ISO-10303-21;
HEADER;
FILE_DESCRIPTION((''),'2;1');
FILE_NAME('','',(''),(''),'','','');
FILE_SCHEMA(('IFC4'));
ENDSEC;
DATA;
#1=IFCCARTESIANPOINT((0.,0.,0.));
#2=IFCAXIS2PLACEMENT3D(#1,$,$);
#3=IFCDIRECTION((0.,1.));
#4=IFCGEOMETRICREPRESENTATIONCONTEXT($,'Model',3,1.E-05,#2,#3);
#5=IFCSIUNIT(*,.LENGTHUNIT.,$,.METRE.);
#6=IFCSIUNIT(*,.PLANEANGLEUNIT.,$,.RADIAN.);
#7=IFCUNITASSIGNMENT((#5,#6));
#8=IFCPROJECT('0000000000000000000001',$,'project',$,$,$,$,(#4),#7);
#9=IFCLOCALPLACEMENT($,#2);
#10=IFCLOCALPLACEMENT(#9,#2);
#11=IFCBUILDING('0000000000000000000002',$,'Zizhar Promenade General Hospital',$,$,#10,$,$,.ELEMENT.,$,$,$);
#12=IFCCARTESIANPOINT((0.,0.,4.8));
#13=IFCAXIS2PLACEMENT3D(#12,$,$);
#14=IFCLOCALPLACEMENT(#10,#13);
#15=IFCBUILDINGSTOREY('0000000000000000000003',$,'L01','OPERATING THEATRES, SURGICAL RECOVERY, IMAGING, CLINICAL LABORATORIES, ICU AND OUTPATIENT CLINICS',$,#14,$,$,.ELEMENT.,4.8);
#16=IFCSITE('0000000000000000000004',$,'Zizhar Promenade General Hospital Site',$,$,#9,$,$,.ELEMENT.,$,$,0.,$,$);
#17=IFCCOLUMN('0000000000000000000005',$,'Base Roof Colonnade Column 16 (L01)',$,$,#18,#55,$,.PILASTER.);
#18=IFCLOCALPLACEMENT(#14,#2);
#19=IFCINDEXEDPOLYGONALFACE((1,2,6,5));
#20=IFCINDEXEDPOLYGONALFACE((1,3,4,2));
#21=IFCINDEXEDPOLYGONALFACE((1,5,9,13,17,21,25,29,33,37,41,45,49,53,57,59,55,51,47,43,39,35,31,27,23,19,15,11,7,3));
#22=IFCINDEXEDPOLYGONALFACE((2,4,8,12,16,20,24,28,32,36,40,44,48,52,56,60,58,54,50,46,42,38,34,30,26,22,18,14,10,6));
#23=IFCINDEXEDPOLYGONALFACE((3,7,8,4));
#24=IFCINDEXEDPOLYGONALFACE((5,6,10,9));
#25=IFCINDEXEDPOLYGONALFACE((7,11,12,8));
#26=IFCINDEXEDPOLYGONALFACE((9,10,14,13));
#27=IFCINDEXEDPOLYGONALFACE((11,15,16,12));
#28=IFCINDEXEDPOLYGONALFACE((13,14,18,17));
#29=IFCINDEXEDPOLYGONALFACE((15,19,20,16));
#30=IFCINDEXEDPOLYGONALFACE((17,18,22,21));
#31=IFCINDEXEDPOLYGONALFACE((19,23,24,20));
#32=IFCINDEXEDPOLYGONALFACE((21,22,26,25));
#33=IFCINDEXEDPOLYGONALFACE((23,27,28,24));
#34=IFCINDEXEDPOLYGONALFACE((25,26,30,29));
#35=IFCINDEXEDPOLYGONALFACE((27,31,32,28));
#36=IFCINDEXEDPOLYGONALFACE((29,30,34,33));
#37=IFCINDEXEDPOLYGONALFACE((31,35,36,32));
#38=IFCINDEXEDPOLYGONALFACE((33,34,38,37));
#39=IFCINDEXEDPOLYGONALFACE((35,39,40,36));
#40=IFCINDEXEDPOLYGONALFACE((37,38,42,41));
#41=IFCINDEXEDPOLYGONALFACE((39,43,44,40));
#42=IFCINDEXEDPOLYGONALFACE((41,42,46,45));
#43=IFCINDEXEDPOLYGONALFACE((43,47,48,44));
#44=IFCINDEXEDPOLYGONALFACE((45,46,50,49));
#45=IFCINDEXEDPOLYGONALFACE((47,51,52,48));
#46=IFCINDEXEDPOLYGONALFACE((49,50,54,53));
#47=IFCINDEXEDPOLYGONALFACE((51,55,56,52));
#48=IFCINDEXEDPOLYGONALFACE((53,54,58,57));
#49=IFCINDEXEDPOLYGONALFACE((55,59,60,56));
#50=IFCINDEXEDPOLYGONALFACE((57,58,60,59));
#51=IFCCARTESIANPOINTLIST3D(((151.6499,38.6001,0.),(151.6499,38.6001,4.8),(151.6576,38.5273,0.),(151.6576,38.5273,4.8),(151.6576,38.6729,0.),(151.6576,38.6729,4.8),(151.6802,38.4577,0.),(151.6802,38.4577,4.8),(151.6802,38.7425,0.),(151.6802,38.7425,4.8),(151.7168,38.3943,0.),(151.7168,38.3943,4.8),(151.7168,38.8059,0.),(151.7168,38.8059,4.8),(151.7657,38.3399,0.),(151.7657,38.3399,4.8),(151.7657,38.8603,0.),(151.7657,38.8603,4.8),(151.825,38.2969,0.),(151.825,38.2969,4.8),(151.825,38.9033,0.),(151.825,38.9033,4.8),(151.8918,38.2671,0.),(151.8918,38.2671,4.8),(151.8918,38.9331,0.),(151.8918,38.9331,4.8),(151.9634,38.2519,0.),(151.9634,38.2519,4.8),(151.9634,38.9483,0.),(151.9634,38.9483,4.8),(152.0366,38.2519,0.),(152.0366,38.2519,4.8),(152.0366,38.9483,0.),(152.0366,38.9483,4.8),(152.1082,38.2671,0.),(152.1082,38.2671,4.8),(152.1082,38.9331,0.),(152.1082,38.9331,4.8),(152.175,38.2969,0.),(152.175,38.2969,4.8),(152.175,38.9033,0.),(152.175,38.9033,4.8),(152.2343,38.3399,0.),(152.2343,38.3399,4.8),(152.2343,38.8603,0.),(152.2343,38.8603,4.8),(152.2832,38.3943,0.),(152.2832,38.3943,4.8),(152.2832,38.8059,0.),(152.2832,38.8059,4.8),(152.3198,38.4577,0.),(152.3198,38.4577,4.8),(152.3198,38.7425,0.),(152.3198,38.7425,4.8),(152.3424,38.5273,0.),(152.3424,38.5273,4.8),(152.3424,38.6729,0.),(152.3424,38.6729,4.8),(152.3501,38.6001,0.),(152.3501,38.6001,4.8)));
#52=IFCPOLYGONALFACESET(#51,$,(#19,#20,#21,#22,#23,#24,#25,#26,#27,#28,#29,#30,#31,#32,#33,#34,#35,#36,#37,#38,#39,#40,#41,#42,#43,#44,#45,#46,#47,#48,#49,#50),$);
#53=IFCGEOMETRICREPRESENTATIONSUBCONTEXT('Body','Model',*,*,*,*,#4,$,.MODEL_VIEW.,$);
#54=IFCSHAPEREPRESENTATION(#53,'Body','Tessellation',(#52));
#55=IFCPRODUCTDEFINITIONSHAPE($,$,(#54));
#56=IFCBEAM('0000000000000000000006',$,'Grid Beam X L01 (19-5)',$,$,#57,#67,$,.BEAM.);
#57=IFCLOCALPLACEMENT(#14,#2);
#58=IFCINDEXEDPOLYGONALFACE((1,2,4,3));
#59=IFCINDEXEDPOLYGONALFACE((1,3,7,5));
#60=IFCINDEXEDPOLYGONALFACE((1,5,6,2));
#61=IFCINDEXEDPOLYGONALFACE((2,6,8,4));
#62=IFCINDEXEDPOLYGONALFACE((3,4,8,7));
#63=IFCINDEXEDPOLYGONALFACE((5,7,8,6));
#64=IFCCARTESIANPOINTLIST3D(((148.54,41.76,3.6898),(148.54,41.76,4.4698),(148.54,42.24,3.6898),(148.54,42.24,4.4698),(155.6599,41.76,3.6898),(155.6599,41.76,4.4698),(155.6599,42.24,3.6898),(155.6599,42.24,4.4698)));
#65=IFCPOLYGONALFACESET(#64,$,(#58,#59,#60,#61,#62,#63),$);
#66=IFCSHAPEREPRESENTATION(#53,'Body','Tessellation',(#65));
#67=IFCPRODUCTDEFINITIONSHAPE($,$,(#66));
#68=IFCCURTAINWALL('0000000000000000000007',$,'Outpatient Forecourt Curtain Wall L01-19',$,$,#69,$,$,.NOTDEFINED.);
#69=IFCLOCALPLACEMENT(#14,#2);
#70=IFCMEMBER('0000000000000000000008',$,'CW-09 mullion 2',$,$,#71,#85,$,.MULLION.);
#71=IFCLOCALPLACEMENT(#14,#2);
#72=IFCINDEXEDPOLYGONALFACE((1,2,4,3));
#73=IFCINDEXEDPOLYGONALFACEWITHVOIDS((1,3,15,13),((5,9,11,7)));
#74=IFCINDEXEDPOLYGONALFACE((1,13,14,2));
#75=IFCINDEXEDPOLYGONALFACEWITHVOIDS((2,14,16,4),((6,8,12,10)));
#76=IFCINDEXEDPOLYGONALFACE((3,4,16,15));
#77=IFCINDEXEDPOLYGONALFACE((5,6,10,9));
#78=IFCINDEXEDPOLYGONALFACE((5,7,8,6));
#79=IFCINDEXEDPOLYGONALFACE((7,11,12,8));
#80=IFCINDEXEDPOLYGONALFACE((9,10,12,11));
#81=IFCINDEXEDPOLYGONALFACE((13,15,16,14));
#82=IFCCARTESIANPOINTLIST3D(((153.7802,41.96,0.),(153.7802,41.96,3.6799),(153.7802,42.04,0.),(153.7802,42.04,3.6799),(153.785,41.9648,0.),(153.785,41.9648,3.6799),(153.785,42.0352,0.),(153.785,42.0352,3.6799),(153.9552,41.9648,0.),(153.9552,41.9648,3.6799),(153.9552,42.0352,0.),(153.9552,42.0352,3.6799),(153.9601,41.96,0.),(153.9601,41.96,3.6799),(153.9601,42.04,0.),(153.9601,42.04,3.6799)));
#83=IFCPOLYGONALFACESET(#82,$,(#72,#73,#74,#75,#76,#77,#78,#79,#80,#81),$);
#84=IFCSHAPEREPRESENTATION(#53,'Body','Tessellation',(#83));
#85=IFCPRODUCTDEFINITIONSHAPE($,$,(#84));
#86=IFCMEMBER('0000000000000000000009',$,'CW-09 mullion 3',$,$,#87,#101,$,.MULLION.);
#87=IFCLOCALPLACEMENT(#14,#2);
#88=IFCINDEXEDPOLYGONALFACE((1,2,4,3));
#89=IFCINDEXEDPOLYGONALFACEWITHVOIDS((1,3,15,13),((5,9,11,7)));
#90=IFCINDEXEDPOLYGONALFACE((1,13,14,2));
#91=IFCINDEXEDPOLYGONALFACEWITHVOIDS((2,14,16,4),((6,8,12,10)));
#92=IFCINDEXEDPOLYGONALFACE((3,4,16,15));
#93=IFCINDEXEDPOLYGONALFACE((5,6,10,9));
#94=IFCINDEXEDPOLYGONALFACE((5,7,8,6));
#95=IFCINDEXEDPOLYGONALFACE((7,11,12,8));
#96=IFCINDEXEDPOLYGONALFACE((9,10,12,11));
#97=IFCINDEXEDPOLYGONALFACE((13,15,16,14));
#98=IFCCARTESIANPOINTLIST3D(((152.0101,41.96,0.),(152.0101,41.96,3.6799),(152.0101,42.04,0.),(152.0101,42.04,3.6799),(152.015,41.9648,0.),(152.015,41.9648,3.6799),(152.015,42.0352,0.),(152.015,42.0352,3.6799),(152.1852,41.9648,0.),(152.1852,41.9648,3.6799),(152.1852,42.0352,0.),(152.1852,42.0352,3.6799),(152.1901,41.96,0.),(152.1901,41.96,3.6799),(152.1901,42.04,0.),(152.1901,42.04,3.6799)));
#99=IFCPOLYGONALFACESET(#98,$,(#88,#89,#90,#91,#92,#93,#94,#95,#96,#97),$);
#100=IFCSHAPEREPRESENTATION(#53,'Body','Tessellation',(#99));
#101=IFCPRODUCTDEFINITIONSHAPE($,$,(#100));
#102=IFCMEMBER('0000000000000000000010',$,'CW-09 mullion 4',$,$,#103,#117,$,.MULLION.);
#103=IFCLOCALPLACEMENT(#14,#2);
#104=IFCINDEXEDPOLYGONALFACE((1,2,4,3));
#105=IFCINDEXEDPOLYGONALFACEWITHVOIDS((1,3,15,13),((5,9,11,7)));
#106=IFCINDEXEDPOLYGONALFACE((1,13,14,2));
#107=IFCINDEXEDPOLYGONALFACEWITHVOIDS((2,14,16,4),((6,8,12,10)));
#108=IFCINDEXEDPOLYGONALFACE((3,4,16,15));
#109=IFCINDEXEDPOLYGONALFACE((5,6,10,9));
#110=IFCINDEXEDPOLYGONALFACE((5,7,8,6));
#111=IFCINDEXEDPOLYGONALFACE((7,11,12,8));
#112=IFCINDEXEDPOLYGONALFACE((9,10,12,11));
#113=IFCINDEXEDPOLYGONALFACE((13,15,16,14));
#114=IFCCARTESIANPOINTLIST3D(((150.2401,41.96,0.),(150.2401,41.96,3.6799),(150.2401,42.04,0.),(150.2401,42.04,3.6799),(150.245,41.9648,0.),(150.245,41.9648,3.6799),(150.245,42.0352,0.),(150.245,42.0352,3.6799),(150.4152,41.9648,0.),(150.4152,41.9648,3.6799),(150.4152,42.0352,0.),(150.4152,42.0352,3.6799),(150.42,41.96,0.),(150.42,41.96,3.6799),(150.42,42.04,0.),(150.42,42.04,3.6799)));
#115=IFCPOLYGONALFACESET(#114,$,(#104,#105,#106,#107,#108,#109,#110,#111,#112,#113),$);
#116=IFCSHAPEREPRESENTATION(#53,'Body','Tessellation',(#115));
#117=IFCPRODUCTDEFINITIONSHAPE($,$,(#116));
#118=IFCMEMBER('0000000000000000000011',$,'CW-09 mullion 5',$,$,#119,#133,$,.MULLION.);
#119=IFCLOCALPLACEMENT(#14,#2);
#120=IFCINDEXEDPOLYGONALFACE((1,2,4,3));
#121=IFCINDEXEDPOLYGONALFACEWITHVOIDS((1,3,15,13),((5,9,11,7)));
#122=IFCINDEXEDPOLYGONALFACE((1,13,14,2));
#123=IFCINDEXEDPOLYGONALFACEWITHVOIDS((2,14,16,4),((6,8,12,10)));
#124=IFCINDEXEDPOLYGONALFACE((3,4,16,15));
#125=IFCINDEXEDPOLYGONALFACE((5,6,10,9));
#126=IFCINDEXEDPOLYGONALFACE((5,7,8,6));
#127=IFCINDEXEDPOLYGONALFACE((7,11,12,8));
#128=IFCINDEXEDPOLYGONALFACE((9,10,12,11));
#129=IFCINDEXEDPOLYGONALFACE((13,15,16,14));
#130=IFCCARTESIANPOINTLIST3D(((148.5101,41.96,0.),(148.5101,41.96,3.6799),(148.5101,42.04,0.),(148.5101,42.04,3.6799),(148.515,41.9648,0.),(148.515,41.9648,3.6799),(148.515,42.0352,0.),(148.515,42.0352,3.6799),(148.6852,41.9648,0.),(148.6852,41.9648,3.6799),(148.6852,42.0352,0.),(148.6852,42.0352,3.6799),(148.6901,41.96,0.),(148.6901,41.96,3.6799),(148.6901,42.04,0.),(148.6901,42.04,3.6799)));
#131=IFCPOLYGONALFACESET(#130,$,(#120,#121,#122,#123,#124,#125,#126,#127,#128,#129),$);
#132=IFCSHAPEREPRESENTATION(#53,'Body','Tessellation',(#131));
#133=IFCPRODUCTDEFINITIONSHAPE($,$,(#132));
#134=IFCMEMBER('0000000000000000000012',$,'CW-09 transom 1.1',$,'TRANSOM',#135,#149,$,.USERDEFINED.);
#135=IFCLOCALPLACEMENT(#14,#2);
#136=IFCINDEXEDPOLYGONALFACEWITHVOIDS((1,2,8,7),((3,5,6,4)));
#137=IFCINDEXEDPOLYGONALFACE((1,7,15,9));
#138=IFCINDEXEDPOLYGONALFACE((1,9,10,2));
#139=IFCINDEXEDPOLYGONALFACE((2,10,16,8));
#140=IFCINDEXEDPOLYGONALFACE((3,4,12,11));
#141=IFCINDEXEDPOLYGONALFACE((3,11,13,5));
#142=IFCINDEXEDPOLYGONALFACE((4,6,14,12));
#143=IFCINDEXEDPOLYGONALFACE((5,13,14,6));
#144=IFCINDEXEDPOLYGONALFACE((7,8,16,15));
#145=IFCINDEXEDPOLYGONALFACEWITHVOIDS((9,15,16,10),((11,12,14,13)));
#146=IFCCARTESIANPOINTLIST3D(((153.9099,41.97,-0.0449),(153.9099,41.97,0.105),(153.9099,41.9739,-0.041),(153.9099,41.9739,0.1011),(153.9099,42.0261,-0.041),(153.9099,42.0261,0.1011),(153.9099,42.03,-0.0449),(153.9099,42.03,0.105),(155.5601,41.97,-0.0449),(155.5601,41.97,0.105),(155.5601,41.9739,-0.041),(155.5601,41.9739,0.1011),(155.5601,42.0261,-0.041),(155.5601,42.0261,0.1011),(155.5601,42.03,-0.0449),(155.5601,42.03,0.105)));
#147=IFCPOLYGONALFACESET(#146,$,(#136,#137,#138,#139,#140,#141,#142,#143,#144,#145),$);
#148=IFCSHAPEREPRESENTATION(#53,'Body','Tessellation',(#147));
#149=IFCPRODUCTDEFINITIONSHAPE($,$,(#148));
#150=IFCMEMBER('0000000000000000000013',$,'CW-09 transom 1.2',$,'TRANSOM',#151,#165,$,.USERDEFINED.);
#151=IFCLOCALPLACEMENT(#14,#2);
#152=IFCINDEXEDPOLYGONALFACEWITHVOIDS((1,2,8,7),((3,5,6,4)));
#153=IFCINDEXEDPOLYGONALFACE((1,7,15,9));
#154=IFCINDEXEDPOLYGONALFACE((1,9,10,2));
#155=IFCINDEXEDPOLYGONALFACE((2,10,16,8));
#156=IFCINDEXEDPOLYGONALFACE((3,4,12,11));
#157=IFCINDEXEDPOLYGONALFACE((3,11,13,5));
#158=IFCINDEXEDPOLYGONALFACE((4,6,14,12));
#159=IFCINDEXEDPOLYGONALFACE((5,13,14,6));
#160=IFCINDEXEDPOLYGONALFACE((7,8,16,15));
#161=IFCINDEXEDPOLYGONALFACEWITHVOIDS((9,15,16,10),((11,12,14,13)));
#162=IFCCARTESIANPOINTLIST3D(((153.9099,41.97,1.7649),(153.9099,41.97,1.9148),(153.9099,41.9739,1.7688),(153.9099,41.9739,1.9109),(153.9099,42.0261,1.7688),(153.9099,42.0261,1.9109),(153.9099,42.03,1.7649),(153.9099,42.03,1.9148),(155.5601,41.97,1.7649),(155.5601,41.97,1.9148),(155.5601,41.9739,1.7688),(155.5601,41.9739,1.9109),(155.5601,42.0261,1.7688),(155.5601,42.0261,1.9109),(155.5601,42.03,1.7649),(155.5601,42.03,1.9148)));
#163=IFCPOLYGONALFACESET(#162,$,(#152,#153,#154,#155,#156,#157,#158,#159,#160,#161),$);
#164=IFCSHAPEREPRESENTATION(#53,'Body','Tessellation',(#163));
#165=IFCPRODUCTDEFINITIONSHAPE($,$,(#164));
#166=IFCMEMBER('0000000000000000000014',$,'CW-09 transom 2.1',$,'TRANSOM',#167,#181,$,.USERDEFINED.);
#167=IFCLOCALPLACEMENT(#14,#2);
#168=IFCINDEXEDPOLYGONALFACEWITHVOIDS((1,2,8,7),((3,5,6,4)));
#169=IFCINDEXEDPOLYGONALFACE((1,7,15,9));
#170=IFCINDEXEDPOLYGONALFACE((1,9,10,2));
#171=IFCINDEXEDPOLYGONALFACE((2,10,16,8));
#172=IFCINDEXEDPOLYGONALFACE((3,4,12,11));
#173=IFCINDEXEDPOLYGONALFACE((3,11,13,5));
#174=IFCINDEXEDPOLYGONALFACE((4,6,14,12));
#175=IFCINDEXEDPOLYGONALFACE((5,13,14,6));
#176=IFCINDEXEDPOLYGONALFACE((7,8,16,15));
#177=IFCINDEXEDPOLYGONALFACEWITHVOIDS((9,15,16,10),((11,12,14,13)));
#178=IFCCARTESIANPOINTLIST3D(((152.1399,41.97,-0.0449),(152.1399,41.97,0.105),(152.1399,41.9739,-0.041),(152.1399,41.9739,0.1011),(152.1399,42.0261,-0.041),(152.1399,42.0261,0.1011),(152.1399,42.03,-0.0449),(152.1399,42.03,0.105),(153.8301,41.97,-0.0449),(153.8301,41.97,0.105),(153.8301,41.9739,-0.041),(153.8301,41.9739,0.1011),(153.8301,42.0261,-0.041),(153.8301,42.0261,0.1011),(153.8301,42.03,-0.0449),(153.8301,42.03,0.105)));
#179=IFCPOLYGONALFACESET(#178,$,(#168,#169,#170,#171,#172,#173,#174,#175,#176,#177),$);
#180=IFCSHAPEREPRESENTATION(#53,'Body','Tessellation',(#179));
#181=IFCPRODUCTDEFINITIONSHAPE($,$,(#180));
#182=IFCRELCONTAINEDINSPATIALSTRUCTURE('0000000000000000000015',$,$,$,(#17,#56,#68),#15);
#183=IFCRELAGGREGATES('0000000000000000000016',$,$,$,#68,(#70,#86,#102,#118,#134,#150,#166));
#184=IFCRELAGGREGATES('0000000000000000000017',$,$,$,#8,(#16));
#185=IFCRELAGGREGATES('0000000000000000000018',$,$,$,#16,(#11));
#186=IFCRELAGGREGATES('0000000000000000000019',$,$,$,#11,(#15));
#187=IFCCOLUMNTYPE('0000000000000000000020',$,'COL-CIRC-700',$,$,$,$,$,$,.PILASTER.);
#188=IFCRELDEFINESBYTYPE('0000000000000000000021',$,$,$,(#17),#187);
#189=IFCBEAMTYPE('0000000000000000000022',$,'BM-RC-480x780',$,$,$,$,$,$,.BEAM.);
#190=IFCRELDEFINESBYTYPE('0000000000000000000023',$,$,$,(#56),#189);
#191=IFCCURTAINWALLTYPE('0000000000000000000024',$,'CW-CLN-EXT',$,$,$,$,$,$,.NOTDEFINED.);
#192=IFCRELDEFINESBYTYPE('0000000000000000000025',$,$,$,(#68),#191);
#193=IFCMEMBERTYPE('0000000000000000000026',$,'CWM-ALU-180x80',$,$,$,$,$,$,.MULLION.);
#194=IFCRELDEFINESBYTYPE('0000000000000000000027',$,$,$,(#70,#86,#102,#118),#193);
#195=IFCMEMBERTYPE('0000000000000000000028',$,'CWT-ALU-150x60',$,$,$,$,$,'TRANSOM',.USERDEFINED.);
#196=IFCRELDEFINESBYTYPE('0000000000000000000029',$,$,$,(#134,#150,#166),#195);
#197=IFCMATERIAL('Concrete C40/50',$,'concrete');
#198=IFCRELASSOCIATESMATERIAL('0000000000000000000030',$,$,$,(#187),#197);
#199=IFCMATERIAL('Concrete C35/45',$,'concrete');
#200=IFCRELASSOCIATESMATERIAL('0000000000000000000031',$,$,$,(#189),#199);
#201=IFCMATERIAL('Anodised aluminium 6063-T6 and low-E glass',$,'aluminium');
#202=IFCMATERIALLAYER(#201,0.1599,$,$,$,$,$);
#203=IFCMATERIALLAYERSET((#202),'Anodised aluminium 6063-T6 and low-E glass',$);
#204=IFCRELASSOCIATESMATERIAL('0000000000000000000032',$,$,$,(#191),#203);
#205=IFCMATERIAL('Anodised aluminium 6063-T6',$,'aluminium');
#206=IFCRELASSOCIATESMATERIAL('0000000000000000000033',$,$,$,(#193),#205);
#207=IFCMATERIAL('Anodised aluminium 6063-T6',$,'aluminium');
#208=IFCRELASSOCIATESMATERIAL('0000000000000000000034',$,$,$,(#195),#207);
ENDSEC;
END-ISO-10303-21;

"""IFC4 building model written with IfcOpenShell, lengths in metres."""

from ifc_helpers import new_model, si_unit, direction, frame, origin, origin_2d, place, context, subcontext, project, spatial, rectangle, hollow_rectangle, circle, extrude, material, layer, layer_set, material_profile, profile_set, type_object, element, aggregate, save


model = new_model("IFC4")

# Units and contexts
model_context = context("Model", 3, precision=1e-05, world=origin(), true_north=direction((0.0, 1.0)))
body_context = subcontext(model_context, "Body", "Model", "MODEL_VIEW")
ifc_project = project(units=[si_unit("LENGTHUNIT", "METRE"), si_unit("PLANEANGLEUNIT", "RADIAN")], contexts=[model_context])

# Site, building, storey
site_placement = place(None, origin())
site = spatial("IfcSite", under=ifc_project, at=site_placement, Name="Zizhar Promenade General Hospital Site", CompositionType="ELEMENT", RefElevation=0.0)
building_placement = place(site_placement, origin())
building = spatial("IfcBuilding", under=site, at=building_placement, Name="Zizhar Promenade General Hospital", CompositionType="ELEMENT")
storey_placement = place(building_placement, frame((0.0, 0.0, 4.8)))
storey = spatial("IfcBuildingStorey", under=building, at=storey_placement, Name="L01", Description="OPERATING THEATRES, SURGICAL RECOVERY, IMAGING, CLINICAL LABORATORIES, ICU AND OUTPATIENT CLINICS", CompositionType="ELEMENT", Elevation=4.8)

# Column
ifc_material_1 = material(Name="Concrete C40/50", Category="concrete")
ifc_material_profile_1 = material_profile(ifc_material_1, circle(Radius=0.3501, at=origin_2d()))
ifc_profile_set_1 = profile_set([ifc_material_profile_1], Name="Concrete C40/50")
column_type = type_object("IfcColumnType", Name="COL-CIRC-700", PredefinedType="PILASTER", material=ifc_profile_set_1)
column_placement = place(storey_placement, frame((152.0, 38.6001, 0.0), z_axis=(0.0, 0.0, 1.0), x_axis=(1.0, 0.0, 0.0)))
element("IfcColumn", 1, at=column_placement, inside=storey, type_object=column_type, Name="Base Roof Colonnade Column 16 (L01)", PredefinedType="PILASTER", context=body_context, shape_type="SweptSolid", body=[
    extrude(circle(Radius=0.3501, at=origin_2d()), origin(), (0.0, 0.0, 1.0), 4.8),
])

# Beam
ifc_material_2 = material(Name="Concrete C35/45", Category="concrete")
ifc_material_profile_2 = material_profile(ifc_material_2, rectangle(XDim=0.48, YDim=0.78, at=origin_2d()))
ifc_profile_set_2 = profile_set([ifc_material_profile_2], Name="Concrete C35/45")
beam_type = type_object("IfcBeamType", Name="BM-RC-480x780", PredefinedType="BEAM", material=ifc_profile_set_2)
beam_placement = place(storey_placement, frame((148.54, 42.0, 4.0798), z_axis=(1.0, 0.0, 0.0), x_axis=(0.0, 1.0, 0.0)))
element("IfcBeam", 2, at=beam_placement, inside=storey, type_object=beam_type, Name="Grid Beam X L01 (19-5)", PredefinedType="BEAM", context=body_context, shape_type="SweptSolid", body=[
    extrude(rectangle(XDim=0.48, YDim=0.78, at=origin_2d()), origin(), (0.0, 0.0, 1.0), 7.1199),
])

# Curtain wall, members
ifc_material_3 = material(Name="Anodised aluminium 6063-T6 and low-E glass", Category="aluminium")
ifc_layer_1 = layer(ifc_material_3, 0.1599)
ifc_layer_set_1 = layer_set([ifc_layer_1], Name="Anodised aluminium 6063-T6 and low-E glass")
curtain_wall_type = type_object("IfcCurtainWallType", Name="CW-CLN-EXT", PredefinedType="NOTDEFINED", material=ifc_layer_set_1)
curtain_wall_placement = place(storey_placement, origin())
curtain_wall = element("IfcCurtainWall", 3, at=curtain_wall_placement, inside=storey, type_object=curtain_wall_type, Name="Outpatient Forecourt Curtain Wall L01-19", PredefinedType="NOTDEFINED")
ifc_material_4 = material(Name="Anodised aluminium 6063-T6", Category="aluminium")
ifc_material_profile_3 = material_profile(ifc_material_4, hollow_rectangle(XDim=0.0801, YDim=0.1799, WallThickness=0.0049, at=origin_2d()))
ifc_profile_set_3 = profile_set([ifc_material_profile_3], Name="Anodised aluminium 6063-T6")
member_type_1 = type_object("IfcMemberType", Name="CWM-ALU-180x80", PredefinedType="MULLION", material=ifc_profile_set_3)
member_1_placement = place(storey_placement, frame((153.8701, 42.0, 0.0), z_axis=(0.0, 0.0, 1.0), x_axis=(0.0, -1.0, 0.0)))
member_1 = element("IfcMember", 4, at=member_1_placement, type_object=member_type_1, Name="CW-09 mullion 2", PredefinedType="MULLION", context=body_context, shape_type="SweptSolid", body=[
    extrude(hollow_rectangle(XDim=0.0801, YDim=0.1799, WallThickness=0.0049, at=origin_2d()), origin(), (0.0, 0.0, 1.0), 3.6799),
])
member_2_placement = place(storey_placement, frame((152.1001, 42.0, 0.0), z_axis=(0.0, 0.0, 1.0), x_axis=(0.0, -1.0, 0.0)))
member_2 = element("IfcMember", 5, at=member_2_placement, type_object=member_type_1, Name="CW-09 mullion 3", PredefinedType="MULLION", context=body_context, shape_type="SweptSolid", body=[
    extrude(hollow_rectangle(XDim=0.0801, YDim=0.1799, WallThickness=0.0049, at=origin_2d()), origin(), (0.0, 0.0, 1.0), 3.6799),
])
member_3_placement = place(storey_placement, frame((150.3301, 42.0, 0.0), z_axis=(0.0, 0.0, 1.0), x_axis=(0.0, -1.0, 0.0)))
member_3 = element("IfcMember", 6, at=member_3_placement, type_object=member_type_1, Name="CW-09 mullion 4", PredefinedType="MULLION", context=body_context, shape_type="SweptSolid", body=[
    extrude(hollow_rectangle(XDim=0.0801, YDim=0.1799, WallThickness=0.0049, at=origin_2d()), origin(), (0.0, 0.0, 1.0), 3.6799),
])
member_4_placement = place(storey_placement, frame((148.6001, 42.0, 0.0), z_axis=(0.0, 0.0, 1.0), x_axis=(0.0, -1.0, 0.0)))
member_4 = element("IfcMember", 7, at=member_4_placement, type_object=member_type_1, Name="CW-09 mullion 5", PredefinedType="MULLION", context=body_context, shape_type="SweptSolid", body=[
    extrude(hollow_rectangle(XDim=0.0801, YDim=0.1799, WallThickness=0.0049, at=origin_2d()), origin(), (0.0, 0.0, 1.0), 3.6799),
])
ifc_material_5 = material(Name="Anodised aluminium 6063-T6", Category="aluminium")
ifc_material_profile_4 = material_profile(ifc_material_5, hollow_rectangle(XDim=0.0601, YDim=0.1499, WallThickness=0.0039, at=origin_2d()))
ifc_profile_set_4 = profile_set([ifc_material_profile_4], Name="Anodised aluminium 6063-T6")
member_type_2 = type_object("IfcMemberType", Name="CWT-ALU-150x60", ElementType="TRANSOM", PredefinedType="USERDEFINED", material=ifc_profile_set_4)
member_5_placement = place(storey_placement, frame((155.5601, 42.0, 0.03), z_axis=(-1.0, 0.0, 0.0), x_axis=(0.0, -1.0, 0.0)))
member_5 = element("IfcMember", 8, at=member_5_placement, type_object=member_type_2, Name="CW-09 transom 1.1", ObjectType="TRANSOM", PredefinedType="USERDEFINED", context=body_context, shape_type="SweptSolid", body=[
    extrude(hollow_rectangle(XDim=0.0601, YDim=0.1499, WallThickness=0.0039, at=origin_2d()), origin(), (0.0, 0.0, 1.0), 1.6501),
])
member_6_placement = place(storey_placement, frame((155.5601, 42.0, 1.8398), z_axis=(-1.0, 0.0, 0.0), x_axis=(0.0, -1.0, 0.0)))
member_6 = element("IfcMember", 9, at=member_6_placement, type_object=member_type_2, Name="CW-09 transom 1.2", ObjectType="TRANSOM", PredefinedType="USERDEFINED", context=body_context, shape_type="SweptSolid", body=[
    extrude(hollow_rectangle(XDim=0.0601, YDim=0.1499, WallThickness=0.0039, at=origin_2d()), origin(), (0.0, 0.0, 1.0), 1.6501),
])
member_7_placement = place(storey_placement, frame((153.8301, 42.0, 0.03), z_axis=(-1.0, 0.0, 0.0), x_axis=(0.0, -1.0, 0.0)))
member_7 = element("IfcMember", 10, at=member_7_placement, type_object=member_type_2, Name="CW-09 transom 2.1", ObjectType="TRANSOM", PredefinedType="USERDEFINED", context=body_context, shape_type="SweptSolid", body=[
    extrude(hollow_rectangle(XDim=0.0601, YDim=0.1499, WallThickness=0.0039, at=origin_2d()), origin(), (0.0, 0.0, 1.0), 1.6902),
])
aggregate(curtain_wall, [member_1, member_2, member_3, member_4, member_5, member_6, member_7])

save(model, "model.ifc")
